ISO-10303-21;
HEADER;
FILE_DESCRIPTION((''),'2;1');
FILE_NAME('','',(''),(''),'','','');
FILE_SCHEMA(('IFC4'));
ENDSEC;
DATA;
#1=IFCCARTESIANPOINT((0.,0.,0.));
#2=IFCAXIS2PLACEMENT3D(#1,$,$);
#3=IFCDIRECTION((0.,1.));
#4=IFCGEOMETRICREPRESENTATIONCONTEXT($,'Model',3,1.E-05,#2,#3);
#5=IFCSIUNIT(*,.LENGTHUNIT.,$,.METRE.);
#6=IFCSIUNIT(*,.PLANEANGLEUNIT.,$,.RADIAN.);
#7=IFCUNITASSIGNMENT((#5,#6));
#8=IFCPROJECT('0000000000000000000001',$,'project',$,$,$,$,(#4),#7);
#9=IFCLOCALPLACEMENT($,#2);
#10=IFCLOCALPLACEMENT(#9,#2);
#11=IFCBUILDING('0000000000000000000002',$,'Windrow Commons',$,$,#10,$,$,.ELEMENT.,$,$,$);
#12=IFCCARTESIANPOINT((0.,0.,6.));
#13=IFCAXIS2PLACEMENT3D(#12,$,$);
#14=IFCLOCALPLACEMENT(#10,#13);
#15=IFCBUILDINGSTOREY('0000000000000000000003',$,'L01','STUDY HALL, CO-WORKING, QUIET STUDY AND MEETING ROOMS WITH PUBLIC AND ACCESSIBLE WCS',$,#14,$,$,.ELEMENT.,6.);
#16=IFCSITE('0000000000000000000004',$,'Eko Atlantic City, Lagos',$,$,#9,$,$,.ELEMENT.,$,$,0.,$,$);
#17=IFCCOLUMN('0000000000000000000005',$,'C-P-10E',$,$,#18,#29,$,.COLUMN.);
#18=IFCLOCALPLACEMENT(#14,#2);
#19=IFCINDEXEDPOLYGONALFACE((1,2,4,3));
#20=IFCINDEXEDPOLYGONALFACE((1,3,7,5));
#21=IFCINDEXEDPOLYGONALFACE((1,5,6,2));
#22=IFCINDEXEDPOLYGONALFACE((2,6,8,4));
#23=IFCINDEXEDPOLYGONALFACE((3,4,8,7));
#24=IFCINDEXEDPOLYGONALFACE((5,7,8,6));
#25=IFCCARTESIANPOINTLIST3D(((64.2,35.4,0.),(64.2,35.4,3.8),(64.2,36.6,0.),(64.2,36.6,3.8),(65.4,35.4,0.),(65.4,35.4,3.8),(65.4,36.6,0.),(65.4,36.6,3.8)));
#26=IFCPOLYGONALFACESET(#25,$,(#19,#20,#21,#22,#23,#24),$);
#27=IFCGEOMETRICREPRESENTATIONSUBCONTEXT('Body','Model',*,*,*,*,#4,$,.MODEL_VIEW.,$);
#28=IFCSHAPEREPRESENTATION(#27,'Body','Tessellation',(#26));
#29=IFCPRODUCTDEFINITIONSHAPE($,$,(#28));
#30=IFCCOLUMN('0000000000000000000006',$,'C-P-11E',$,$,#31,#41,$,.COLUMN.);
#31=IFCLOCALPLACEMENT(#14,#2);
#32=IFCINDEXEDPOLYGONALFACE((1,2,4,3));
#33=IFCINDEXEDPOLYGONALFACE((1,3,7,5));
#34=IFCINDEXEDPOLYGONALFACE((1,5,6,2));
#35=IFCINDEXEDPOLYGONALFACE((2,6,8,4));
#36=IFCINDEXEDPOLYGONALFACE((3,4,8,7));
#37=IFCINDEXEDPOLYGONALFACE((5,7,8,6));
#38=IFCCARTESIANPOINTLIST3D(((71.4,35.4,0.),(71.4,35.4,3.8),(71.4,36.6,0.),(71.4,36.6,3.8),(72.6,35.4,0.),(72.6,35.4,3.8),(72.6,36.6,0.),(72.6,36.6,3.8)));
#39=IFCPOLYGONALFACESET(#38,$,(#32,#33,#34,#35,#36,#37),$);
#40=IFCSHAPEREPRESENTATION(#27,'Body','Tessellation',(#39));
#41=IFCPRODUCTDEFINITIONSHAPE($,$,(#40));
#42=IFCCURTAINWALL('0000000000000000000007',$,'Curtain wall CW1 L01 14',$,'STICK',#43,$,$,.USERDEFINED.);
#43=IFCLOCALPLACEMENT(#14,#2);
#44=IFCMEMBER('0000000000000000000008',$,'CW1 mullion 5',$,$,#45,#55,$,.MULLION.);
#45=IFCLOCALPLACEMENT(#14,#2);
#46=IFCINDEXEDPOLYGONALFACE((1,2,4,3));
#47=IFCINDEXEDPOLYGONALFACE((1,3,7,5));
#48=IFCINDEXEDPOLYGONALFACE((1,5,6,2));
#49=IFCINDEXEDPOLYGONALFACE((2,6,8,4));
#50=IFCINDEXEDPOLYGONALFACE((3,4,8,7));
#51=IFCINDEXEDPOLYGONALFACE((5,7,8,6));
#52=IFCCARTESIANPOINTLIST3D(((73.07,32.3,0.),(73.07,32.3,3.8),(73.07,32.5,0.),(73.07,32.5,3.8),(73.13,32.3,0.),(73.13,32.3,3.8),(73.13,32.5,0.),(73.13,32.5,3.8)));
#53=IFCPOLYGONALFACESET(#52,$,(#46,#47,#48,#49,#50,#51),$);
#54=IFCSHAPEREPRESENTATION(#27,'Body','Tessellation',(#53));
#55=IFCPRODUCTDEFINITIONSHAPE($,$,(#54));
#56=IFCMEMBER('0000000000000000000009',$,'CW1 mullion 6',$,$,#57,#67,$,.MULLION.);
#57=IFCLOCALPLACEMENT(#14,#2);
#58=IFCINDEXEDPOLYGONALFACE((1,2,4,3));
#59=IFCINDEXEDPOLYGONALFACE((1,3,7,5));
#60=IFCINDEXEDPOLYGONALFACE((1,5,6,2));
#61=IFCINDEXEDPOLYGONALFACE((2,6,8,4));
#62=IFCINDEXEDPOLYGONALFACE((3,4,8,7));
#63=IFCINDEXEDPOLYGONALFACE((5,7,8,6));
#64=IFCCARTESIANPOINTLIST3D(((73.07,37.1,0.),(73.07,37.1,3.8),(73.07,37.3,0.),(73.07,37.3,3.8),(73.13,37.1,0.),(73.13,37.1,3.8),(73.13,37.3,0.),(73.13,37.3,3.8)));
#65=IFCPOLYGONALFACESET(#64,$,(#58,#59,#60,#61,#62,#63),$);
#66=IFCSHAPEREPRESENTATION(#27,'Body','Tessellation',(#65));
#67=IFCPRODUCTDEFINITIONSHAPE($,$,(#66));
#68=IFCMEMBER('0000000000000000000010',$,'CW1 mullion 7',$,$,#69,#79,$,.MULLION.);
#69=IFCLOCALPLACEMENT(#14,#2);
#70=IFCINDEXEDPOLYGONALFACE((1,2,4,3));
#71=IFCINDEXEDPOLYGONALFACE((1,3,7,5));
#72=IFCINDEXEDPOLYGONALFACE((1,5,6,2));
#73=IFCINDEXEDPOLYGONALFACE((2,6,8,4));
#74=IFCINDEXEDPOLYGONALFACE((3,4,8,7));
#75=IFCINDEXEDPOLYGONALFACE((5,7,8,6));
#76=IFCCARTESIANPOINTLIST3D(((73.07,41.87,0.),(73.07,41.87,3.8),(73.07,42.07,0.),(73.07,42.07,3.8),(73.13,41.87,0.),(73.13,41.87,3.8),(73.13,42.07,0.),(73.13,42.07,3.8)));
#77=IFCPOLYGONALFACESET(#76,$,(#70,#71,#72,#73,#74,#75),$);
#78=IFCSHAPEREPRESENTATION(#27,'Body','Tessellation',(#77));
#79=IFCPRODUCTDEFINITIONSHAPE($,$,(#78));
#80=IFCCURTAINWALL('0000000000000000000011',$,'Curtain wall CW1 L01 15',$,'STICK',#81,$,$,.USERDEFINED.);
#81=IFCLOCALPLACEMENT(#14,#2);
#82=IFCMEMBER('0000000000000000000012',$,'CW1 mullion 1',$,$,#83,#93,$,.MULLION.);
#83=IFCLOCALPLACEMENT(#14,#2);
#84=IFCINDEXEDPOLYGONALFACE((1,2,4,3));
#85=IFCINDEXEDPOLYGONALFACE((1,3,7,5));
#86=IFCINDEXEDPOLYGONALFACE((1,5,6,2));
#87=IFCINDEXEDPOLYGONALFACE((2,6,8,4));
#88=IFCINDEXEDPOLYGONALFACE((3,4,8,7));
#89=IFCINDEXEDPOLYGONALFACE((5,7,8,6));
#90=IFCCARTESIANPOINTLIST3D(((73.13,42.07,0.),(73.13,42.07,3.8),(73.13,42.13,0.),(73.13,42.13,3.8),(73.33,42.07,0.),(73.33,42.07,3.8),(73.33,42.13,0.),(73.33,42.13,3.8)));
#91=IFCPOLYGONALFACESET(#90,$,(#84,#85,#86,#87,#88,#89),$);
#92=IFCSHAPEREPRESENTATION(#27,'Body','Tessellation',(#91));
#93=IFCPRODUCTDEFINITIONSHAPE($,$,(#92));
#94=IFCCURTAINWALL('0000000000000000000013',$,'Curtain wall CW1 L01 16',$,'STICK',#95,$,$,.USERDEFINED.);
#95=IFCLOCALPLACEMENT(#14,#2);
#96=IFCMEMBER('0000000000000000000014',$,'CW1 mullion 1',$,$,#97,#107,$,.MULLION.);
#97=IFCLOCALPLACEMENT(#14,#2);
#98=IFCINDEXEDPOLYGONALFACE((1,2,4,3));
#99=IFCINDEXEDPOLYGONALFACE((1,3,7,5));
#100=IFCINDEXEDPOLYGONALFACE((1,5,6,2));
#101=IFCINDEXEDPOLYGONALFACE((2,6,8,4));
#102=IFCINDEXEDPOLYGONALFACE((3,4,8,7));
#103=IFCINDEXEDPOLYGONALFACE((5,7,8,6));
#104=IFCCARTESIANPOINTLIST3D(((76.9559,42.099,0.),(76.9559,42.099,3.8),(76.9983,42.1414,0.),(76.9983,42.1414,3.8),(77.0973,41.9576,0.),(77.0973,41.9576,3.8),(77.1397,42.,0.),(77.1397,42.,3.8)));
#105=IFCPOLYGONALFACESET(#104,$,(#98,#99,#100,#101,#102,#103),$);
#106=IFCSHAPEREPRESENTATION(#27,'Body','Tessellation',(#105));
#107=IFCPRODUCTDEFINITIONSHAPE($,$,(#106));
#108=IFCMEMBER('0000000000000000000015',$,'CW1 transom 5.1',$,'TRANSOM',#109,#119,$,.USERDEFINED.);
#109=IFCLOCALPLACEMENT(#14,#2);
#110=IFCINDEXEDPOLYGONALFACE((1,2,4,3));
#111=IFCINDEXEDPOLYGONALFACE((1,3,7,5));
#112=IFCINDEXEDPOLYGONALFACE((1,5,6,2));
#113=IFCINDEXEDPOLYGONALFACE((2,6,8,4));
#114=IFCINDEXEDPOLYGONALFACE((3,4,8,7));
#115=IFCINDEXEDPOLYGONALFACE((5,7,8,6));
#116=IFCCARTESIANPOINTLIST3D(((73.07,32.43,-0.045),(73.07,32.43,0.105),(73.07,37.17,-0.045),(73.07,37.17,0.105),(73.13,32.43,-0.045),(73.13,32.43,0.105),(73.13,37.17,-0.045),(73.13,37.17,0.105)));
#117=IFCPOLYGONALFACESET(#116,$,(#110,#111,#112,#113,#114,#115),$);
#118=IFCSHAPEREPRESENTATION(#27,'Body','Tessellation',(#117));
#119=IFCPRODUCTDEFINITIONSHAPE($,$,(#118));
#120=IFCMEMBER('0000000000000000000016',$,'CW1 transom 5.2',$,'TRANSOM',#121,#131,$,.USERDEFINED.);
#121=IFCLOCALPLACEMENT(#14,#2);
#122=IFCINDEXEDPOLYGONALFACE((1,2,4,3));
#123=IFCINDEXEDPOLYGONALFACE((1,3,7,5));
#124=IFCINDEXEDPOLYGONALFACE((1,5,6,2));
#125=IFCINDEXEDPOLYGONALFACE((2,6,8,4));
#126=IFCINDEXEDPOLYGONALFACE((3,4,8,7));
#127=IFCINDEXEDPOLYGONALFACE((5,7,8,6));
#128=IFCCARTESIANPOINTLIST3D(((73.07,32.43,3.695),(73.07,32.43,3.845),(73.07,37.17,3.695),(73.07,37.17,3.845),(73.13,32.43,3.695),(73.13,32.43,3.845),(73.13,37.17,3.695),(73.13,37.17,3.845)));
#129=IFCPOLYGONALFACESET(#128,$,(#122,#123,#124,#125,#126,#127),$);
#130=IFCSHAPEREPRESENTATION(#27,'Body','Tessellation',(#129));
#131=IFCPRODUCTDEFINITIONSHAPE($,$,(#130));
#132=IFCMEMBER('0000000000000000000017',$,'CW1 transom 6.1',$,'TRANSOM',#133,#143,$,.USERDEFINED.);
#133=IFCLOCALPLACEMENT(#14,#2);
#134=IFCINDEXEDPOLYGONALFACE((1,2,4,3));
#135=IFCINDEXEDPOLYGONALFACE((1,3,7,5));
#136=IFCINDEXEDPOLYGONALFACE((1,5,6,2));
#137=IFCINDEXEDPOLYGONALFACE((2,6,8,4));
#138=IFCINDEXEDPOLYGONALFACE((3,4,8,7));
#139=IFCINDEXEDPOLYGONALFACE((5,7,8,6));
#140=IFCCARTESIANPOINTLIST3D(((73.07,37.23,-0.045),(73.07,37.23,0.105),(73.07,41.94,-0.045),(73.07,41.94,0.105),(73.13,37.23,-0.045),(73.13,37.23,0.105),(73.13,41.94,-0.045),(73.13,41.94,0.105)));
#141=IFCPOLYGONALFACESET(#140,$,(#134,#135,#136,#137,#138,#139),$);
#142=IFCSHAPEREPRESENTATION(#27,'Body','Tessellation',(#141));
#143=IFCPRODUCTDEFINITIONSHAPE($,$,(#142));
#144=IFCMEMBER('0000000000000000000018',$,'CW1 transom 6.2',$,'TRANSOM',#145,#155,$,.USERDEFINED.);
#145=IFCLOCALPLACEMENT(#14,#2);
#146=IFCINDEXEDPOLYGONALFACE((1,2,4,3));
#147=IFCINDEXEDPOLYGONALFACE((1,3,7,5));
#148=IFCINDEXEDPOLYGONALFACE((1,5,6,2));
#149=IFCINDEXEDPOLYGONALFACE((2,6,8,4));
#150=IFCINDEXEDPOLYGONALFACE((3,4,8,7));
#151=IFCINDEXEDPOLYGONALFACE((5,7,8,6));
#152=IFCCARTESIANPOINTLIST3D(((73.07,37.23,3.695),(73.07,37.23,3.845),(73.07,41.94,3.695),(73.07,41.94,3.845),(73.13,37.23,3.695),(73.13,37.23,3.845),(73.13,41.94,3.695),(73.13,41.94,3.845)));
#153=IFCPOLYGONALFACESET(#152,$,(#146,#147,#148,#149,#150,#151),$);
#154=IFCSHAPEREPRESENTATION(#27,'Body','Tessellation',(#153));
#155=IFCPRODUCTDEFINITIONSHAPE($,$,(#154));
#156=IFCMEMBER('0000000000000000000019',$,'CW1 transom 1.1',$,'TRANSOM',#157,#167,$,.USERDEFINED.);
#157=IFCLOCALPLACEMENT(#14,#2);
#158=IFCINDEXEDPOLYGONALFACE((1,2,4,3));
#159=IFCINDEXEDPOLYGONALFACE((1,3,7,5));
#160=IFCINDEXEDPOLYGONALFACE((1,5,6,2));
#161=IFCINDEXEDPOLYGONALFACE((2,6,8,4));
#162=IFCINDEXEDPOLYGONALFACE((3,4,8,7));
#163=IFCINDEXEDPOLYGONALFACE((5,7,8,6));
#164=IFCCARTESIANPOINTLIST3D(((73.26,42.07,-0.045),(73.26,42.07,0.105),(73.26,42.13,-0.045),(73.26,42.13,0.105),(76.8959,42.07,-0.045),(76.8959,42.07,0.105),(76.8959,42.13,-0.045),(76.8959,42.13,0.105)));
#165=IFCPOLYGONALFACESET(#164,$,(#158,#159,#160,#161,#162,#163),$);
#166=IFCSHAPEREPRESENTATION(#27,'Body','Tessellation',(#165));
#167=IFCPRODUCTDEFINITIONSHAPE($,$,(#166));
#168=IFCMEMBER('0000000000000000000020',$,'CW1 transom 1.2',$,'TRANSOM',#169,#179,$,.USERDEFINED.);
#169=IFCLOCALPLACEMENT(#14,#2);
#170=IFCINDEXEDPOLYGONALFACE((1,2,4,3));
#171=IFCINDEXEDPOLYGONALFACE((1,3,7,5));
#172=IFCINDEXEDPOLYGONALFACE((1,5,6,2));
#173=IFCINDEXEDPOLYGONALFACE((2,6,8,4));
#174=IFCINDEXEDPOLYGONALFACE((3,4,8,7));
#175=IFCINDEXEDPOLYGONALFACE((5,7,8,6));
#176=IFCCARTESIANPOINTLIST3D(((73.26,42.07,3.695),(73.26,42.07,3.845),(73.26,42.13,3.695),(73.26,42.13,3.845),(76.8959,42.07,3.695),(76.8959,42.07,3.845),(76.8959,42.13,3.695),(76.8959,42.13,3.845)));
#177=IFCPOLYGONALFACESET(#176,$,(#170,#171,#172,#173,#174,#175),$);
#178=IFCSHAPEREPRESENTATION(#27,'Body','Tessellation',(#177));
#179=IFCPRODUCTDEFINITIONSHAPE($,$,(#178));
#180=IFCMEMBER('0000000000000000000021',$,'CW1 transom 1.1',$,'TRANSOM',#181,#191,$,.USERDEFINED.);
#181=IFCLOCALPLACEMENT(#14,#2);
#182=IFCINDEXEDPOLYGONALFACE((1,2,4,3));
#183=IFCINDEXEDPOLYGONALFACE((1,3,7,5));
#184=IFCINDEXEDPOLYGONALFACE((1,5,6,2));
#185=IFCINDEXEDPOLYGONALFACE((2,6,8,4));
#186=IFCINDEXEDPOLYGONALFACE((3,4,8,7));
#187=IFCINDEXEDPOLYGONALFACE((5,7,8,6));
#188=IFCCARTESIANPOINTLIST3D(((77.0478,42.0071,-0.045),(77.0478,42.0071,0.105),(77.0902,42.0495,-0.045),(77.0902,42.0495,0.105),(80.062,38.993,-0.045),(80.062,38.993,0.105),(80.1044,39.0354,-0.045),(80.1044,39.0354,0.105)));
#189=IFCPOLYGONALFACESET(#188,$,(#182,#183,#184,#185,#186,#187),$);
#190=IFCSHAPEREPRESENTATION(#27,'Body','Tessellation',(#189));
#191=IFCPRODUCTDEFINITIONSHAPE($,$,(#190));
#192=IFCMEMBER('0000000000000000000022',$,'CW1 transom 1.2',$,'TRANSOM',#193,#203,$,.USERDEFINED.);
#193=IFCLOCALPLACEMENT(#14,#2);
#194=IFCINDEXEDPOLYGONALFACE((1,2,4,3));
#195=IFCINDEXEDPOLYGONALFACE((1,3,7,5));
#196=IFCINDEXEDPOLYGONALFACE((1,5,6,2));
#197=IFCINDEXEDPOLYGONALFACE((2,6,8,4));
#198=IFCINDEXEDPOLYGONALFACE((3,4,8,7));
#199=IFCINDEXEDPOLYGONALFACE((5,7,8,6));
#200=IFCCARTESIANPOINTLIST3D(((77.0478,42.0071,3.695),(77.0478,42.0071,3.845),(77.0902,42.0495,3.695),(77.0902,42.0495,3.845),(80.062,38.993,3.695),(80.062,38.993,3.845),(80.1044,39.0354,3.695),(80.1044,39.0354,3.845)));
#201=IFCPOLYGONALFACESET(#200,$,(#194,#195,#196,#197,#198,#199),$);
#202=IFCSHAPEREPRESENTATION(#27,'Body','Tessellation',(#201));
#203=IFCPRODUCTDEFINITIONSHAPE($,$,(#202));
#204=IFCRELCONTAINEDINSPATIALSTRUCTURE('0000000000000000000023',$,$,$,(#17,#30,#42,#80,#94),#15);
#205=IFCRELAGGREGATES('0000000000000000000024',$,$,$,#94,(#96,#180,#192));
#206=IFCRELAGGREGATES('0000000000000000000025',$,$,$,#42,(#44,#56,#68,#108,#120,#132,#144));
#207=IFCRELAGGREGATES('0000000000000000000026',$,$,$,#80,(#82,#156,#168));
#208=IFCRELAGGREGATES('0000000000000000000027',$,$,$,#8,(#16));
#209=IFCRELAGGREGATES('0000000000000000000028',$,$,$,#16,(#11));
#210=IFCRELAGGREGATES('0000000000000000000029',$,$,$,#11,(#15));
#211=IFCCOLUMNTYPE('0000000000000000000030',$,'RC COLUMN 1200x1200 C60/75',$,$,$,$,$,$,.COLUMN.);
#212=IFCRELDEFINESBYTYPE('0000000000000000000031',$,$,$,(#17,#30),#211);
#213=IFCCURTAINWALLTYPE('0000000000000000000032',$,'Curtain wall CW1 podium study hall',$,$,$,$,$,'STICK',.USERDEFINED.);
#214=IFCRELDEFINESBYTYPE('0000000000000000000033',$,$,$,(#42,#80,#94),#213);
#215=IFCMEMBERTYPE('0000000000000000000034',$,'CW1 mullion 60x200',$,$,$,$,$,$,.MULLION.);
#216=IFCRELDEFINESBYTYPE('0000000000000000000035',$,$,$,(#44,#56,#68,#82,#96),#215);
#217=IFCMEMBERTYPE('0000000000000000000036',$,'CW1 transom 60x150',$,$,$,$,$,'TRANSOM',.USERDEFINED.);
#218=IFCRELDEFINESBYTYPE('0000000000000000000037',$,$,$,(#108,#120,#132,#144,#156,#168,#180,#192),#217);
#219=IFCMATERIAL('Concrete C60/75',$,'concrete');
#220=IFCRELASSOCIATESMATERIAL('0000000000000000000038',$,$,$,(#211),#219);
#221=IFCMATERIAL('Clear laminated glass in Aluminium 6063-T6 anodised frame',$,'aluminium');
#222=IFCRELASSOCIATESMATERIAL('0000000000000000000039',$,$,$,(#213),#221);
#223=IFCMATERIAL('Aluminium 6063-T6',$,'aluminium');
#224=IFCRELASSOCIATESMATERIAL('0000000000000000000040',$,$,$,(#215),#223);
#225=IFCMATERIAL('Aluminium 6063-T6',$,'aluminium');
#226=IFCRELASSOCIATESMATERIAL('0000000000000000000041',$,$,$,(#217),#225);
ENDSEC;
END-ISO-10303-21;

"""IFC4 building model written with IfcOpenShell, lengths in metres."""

from ifc_helpers import new_model, si_unit, direction, frame, origin, origin_2d, place, context, subcontext, project, spatial, rectangle, extrude, material, material_profile, profile_set, type_object, element, aggregate, save


model = new_model("IFC4")

# Units and contexts
model_context = context("Model", 3, precision=1e-05, world=origin(), true_north=direction((0.0, 1.0)))
body_context = subcontext(model_context, "Body", "Model", "MODEL_VIEW")
ifc_project = project(units=[si_unit("LENGTHUNIT", "METRE"), si_unit("PLANEANGLEUNIT", "RADIAN")], contexts=[model_context])

# Site, building, storey
site_placement = place(None, origin())
site = spatial("IfcSite", under=ifc_project, at=site_placement, Name="Eko Atlantic City, Lagos", CompositionType="ELEMENT", RefElevation=0.0)
building_placement = place(site_placement, origin())
building = spatial("IfcBuilding", under=site, at=building_placement, Name="Windrow Commons", CompositionType="ELEMENT")
storey_placement = place(building_placement, frame((0.0, 0.0, 6.0)))
storey = spatial("IfcBuildingStorey", under=building, at=storey_placement, Name="L01", Description="STUDY HALL, CO-WORKING, QUIET STUDY AND MEETING ROOMS WITH PUBLIC AND ACCESSIBLE WCS", CompositionType="ELEMENT", Elevation=6.0)

# Columns
ifc_material_1 = material(Name="Concrete C60/75", Category="concrete")
ifc_material_profile_1 = material_profile(ifc_material_1, rectangle(XDim=1.2, YDim=1.2, at=origin_2d()))
ifc_profile_set_1 = profile_set([ifc_material_profile_1], Name="Concrete C60/75")
column_type = type_object("IfcColumnType", Name="RC COLUMN 1200x1200 C60/75", PredefinedType="COLUMN", material=ifc_profile_set_1)
for number, where, z_axis, x_axis, name in (
    (1, (64.8, 36.0, 0.0), (0.0, 0.0, 1.0), (1.0, 0.0, 0.0), "C-P-10E"),
    (2, (72.0, 36.0, 0.0), (0.0, 0.0, 1.0), (1.0, 0.0, 0.0), "C-P-11E"),
):
    element("IfcColumn", number, at=place(storey_placement, frame(where, z_axis=z_axis, x_axis=x_axis)), inside=storey, type_object=column_type, Name=name, PredefinedType="COLUMN", context=body_context, shape_type="SweptSolid", body=[
        extrude(rectangle(XDim=1.2, YDim=1.2, at=origin_2d()), origin(), (0.0, 0.0, 1.0), 3.8),
    ])

# Curtain wall, members
ifc_material_2 = material(Name="Clear laminated glass in Aluminium 6063-T6 anodised frame", Category="aluminium")
curtain_wall_type = type_object("IfcCurtainWallType", Name="Curtain wall CW1 podium study hall", ElementType="STICK", PredefinedType="USERDEFINED", material=ifc_material_2)
placement = place(storey_placement, origin())
curtain_wall_1 = element("IfcCurtainWall", 3, at=placement, inside=storey, type_object=curtain_wall_type, Name="Curtain wall CW1 L01 14", ObjectType="STICK", PredefinedType="USERDEFINED")
ifc_material_3 = material(Name="Aluminium 6063-T6", Category="aluminium")
ifc_material_profile_2 = material_profile(ifc_material_3, rectangle(XDim=0.06, YDim=0.2, at=origin_2d()))
ifc_profile_set_2 = profile_set([ifc_material_profile_2], Name="Aluminium 6063-T6")
member_type_1 = type_object("IfcMemberType", Name="CW1 mullion 60x200", PredefinedType="MULLION", material=ifc_profile_set_2)
member_1_placement = place(storey_placement, frame((73.1, 32.4, 0.0), z_axis=(0.0, 0.0, 1.0), x_axis=(-1.0, 0.0, 0.0)))
member_1 = element("IfcMember", 4, at=member_1_placement, type_object=member_type_1, Name="CW1 mullion 5", PredefinedType="MULLION", context=body_context, shape_type="SweptSolid", body=[
    extrude(rectangle(XDim=0.06, YDim=0.2, at=origin_2d()), origin(), (0.0, 0.0, 1.0), 3.8),
])
member_2_placement = place(storey_placement, frame((73.1, 37.2, 0.0), z_axis=(0.0, 0.0, 1.0), x_axis=(-1.0, 0.0, 0.0)))
member_2 = element("IfcMember", 5, at=member_2_placement, type_object=member_type_1, Name="CW1 mullion 6", PredefinedType="MULLION", context=body_context, shape_type="SweptSolid", body=[
    extrude(rectangle(XDim=0.06, YDim=0.2, at=origin_2d()), origin(), (0.0, 0.0, 1.0), 3.8),
])
member_3_placement = place(storey_placement, frame((73.1, 41.97, 0.0), z_axis=(0.0, 0.0, 1.0), x_axis=(-1.0, 0.0, 0.0)))
member_3 = element("IfcMember", 6, at=member_3_placement, type_object=member_type_1, Name="CW1 mullion 7", PredefinedType="MULLION", context=body_context, shape_type="SweptSolid", body=[
    extrude(rectangle(XDim=0.06, YDim=0.2, at=origin_2d()), origin(), (0.0, 0.0, 1.0), 3.8),
])

# Curtain walls, members
curtain_wall_2 = element("IfcCurtainWall", 7, at=placement, inside=storey, type_object=curtain_wall_type, Name="Curtain wall CW1 L01 15", ObjectType="STICK", PredefinedType="USERDEFINED")
member_4_placement = place(storey_placement, frame((73.23, 42.1, 0.0), z_axis=(0.0, 0.0, 1.0), x_axis=(0.0, 1.0, 0.0)))
member_4 = element("IfcMember", 8, at=member_4_placement, type_object=member_type_1, Name="CW1 mullion 1", PredefinedType="MULLION", context=body_context, shape_type="SweptSolid", body=[
    extrude(rectangle(XDim=0.06, YDim=0.2, at=origin_2d()), origin(), (0.0, 0.0, 1.0), 3.8),
])
curtain_wall_3 = element("IfcCurtainWall", 9, at=placement, inside=storey, type_object=curtain_wall_type, Name="Curtain wall CW1 L01 16", ObjectType="STICK", PredefinedType="USERDEFINED")
member_5_placement = place(storey_placement, frame((77.0478, 42.0495, 0.0), z_axis=(0.0, 0.0, 1.0), x_axis=(0.707107, 0.707107, 0.0)))
member_5 = element("IfcMember", 10, at=member_5_placement, type_object=member_type_1, Name="CW1 mullion 1", PredefinedType="MULLION", context=body_context, shape_type="SweptSolid", body=[
    extrude(rectangle(XDim=0.06, YDim=0.2, at=origin_2d()), origin(), (0.0, 0.0, 1.0), 3.8),
])

# Members
ifc_material_4 = material(Name="Aluminium 6063-T6", Category="aluminium")
ifc_material_profile_3 = material_profile(ifc_material_4, rectangle(XDim=0.06, YDim=0.15, at=origin_2d()))
ifc_profile_set_3 = profile_set([ifc_material_profile_3], Name="Aluminium 6063-T6")
member_type_2 = type_object("IfcMemberType", Name="CW1 transom 60x150", ElementType="TRANSOM", PredefinedType="USERDEFINED", material=ifc_profile_set_3)
member_6_placement = place(storey_placement, frame((73.1, 32.43, 0.03), z_axis=(0.0, 1.0, 0.0), x_axis=(-1.0, 0.0, 0.0)))
member_6 = element("IfcMember", 11, at=member_6_placement, type_object=member_type_2, Name="CW1 transom 5.1", ObjectType="TRANSOM", PredefinedType="USERDEFINED", context=body_context, shape_type="SweptSolid", body=[
    extrude(rectangle(XDim=0.06, YDim=0.15, at=origin_2d()), origin(), (0.0, 0.0, 1.0), 4.74),
])
member_7_placement = place(storey_placement, frame((73.1, 32.43, 3.77), z_axis=(0.0, 1.0, 0.0), x_axis=(-1.0, 0.0, 0.0)))
member_7 = element("IfcMember", 12, at=member_7_placement, type_object=member_type_2, Name="CW1 transom 5.2", ObjectType="TRANSOM", PredefinedType="USERDEFINED", context=body_context, shape_type="SweptSolid", body=[
    extrude(rectangle(XDim=0.06, YDim=0.15, at=origin_2d()), origin(), (0.0, 0.0, 1.0), 4.74),
])
member_8_placement = place(storey_placement, frame((73.1, 37.23, 0.03), z_axis=(0.0, 1.0, 0.0), x_axis=(-1.0, 0.0, 0.0)))
member_8 = element("IfcMember", 13, at=member_8_placement, type_object=member_type_2, Name="CW1 transom 6.1", ObjectType="TRANSOM", PredefinedType="USERDEFINED", context=body_context, shape_type="SweptSolid", body=[
    extrude(rectangle(XDim=0.06, YDim=0.15, at=origin_2d()), origin(), (0.0, 0.0, 1.0), 4.71),
])
member_9_placement = place(storey_placement, frame((73.1, 37.23, 3.77), z_axis=(0.0, 1.0, 0.0), x_axis=(-1.0, 0.0, 0.0)))
member_9 = element("IfcMember", 14, at=member_9_placement, type_object=member_type_2, Name="CW1 transom 6.2", ObjectType="TRANSOM", PredefinedType="USERDEFINED", context=body_context, shape_type="SweptSolid", body=[
    extrude(rectangle(XDim=0.06, YDim=0.15, at=origin_2d()), origin(), (0.0, 0.0, 1.0), 4.71),
])
member_10_placement = place(storey_placement, frame((73.26, 42.1, 0.03), z_axis=(1.0, 0.0, 0.0), x_axis=(0.0, 1.0, 0.0)))
member_10 = element("IfcMember", 15, at=member_10_placement, type_object=member_type_2, Name="CW1 transom 1.1", ObjectType="TRANSOM", PredefinedType="USERDEFINED", context=body_context, shape_type="SweptSolid", body=[
    extrude(rectangle(XDim=0.06, YDim=0.15, at=origin_2d()), origin(), (0.0, 0.0, 1.0), 3.6359),
])
member_11_placement = place(storey_placement, frame((73.26, 42.1, 3.77), z_axis=(1.0, 0.0, 0.0), x_axis=(0.0, 1.0, 0.0)))
member_11 = element("IfcMember", 16, at=member_11_placement, type_object=member_type_2, Name="CW1 transom 1.2", ObjectType="TRANSOM", PredefinedType="USERDEFINED", context=body_context, shape_type="SweptSolid", body=[
    extrude(rectangle(XDim=0.06, YDim=0.15, at=origin_2d()), origin(), (0.0, 0.0, 1.0), 3.6359),
])
member_12_placement = place(storey_placement, frame((77.069, 42.0283, 0.03), z_axis=(0.707119, -0.707095, 0.0), x_axis=(0.707095, 0.707119, 0.0)))
member_12 = element("IfcMember", 17, at=member_12_placement, type_object=member_type_2, Name="CW1 transom 1.1", ObjectType="TRANSOM", PredefinedType="USERDEFINED", context=body_context, shape_type="SweptSolid", body=[
    extrude(rectangle(XDim=0.06, YDim=0.15, at=origin_2d()), origin(), (0.0, 0.0, 1.0), 4.2627),
])
member_13_placement = place(storey_placement, frame((77.069, 42.0283, 3.77), z_axis=(0.707119, -0.707095, 0.0), x_axis=(0.707095, 0.707119, 0.0)))
member_13 = element("IfcMember", 18, at=member_13_placement, type_object=member_type_2, Name="CW1 transom 1.2", ObjectType="TRANSOM", PredefinedType="USERDEFINED", context=body_context, shape_type="SweptSolid", body=[
    extrude(rectangle(XDim=0.06, YDim=0.15, at=origin_2d()), origin(), (0.0, 0.0, 1.0), 4.2627),
])
aggregate(curtain_wall_3, [member_5, member_12, member_13])

aggregate(curtain_wall_1, [member_1, member_2, member_3, member_6, member_7, member_8, member_9])
aggregate(curtain_wall_2, [member_4, member_10, member_11])

save(model, "model.ifc")
